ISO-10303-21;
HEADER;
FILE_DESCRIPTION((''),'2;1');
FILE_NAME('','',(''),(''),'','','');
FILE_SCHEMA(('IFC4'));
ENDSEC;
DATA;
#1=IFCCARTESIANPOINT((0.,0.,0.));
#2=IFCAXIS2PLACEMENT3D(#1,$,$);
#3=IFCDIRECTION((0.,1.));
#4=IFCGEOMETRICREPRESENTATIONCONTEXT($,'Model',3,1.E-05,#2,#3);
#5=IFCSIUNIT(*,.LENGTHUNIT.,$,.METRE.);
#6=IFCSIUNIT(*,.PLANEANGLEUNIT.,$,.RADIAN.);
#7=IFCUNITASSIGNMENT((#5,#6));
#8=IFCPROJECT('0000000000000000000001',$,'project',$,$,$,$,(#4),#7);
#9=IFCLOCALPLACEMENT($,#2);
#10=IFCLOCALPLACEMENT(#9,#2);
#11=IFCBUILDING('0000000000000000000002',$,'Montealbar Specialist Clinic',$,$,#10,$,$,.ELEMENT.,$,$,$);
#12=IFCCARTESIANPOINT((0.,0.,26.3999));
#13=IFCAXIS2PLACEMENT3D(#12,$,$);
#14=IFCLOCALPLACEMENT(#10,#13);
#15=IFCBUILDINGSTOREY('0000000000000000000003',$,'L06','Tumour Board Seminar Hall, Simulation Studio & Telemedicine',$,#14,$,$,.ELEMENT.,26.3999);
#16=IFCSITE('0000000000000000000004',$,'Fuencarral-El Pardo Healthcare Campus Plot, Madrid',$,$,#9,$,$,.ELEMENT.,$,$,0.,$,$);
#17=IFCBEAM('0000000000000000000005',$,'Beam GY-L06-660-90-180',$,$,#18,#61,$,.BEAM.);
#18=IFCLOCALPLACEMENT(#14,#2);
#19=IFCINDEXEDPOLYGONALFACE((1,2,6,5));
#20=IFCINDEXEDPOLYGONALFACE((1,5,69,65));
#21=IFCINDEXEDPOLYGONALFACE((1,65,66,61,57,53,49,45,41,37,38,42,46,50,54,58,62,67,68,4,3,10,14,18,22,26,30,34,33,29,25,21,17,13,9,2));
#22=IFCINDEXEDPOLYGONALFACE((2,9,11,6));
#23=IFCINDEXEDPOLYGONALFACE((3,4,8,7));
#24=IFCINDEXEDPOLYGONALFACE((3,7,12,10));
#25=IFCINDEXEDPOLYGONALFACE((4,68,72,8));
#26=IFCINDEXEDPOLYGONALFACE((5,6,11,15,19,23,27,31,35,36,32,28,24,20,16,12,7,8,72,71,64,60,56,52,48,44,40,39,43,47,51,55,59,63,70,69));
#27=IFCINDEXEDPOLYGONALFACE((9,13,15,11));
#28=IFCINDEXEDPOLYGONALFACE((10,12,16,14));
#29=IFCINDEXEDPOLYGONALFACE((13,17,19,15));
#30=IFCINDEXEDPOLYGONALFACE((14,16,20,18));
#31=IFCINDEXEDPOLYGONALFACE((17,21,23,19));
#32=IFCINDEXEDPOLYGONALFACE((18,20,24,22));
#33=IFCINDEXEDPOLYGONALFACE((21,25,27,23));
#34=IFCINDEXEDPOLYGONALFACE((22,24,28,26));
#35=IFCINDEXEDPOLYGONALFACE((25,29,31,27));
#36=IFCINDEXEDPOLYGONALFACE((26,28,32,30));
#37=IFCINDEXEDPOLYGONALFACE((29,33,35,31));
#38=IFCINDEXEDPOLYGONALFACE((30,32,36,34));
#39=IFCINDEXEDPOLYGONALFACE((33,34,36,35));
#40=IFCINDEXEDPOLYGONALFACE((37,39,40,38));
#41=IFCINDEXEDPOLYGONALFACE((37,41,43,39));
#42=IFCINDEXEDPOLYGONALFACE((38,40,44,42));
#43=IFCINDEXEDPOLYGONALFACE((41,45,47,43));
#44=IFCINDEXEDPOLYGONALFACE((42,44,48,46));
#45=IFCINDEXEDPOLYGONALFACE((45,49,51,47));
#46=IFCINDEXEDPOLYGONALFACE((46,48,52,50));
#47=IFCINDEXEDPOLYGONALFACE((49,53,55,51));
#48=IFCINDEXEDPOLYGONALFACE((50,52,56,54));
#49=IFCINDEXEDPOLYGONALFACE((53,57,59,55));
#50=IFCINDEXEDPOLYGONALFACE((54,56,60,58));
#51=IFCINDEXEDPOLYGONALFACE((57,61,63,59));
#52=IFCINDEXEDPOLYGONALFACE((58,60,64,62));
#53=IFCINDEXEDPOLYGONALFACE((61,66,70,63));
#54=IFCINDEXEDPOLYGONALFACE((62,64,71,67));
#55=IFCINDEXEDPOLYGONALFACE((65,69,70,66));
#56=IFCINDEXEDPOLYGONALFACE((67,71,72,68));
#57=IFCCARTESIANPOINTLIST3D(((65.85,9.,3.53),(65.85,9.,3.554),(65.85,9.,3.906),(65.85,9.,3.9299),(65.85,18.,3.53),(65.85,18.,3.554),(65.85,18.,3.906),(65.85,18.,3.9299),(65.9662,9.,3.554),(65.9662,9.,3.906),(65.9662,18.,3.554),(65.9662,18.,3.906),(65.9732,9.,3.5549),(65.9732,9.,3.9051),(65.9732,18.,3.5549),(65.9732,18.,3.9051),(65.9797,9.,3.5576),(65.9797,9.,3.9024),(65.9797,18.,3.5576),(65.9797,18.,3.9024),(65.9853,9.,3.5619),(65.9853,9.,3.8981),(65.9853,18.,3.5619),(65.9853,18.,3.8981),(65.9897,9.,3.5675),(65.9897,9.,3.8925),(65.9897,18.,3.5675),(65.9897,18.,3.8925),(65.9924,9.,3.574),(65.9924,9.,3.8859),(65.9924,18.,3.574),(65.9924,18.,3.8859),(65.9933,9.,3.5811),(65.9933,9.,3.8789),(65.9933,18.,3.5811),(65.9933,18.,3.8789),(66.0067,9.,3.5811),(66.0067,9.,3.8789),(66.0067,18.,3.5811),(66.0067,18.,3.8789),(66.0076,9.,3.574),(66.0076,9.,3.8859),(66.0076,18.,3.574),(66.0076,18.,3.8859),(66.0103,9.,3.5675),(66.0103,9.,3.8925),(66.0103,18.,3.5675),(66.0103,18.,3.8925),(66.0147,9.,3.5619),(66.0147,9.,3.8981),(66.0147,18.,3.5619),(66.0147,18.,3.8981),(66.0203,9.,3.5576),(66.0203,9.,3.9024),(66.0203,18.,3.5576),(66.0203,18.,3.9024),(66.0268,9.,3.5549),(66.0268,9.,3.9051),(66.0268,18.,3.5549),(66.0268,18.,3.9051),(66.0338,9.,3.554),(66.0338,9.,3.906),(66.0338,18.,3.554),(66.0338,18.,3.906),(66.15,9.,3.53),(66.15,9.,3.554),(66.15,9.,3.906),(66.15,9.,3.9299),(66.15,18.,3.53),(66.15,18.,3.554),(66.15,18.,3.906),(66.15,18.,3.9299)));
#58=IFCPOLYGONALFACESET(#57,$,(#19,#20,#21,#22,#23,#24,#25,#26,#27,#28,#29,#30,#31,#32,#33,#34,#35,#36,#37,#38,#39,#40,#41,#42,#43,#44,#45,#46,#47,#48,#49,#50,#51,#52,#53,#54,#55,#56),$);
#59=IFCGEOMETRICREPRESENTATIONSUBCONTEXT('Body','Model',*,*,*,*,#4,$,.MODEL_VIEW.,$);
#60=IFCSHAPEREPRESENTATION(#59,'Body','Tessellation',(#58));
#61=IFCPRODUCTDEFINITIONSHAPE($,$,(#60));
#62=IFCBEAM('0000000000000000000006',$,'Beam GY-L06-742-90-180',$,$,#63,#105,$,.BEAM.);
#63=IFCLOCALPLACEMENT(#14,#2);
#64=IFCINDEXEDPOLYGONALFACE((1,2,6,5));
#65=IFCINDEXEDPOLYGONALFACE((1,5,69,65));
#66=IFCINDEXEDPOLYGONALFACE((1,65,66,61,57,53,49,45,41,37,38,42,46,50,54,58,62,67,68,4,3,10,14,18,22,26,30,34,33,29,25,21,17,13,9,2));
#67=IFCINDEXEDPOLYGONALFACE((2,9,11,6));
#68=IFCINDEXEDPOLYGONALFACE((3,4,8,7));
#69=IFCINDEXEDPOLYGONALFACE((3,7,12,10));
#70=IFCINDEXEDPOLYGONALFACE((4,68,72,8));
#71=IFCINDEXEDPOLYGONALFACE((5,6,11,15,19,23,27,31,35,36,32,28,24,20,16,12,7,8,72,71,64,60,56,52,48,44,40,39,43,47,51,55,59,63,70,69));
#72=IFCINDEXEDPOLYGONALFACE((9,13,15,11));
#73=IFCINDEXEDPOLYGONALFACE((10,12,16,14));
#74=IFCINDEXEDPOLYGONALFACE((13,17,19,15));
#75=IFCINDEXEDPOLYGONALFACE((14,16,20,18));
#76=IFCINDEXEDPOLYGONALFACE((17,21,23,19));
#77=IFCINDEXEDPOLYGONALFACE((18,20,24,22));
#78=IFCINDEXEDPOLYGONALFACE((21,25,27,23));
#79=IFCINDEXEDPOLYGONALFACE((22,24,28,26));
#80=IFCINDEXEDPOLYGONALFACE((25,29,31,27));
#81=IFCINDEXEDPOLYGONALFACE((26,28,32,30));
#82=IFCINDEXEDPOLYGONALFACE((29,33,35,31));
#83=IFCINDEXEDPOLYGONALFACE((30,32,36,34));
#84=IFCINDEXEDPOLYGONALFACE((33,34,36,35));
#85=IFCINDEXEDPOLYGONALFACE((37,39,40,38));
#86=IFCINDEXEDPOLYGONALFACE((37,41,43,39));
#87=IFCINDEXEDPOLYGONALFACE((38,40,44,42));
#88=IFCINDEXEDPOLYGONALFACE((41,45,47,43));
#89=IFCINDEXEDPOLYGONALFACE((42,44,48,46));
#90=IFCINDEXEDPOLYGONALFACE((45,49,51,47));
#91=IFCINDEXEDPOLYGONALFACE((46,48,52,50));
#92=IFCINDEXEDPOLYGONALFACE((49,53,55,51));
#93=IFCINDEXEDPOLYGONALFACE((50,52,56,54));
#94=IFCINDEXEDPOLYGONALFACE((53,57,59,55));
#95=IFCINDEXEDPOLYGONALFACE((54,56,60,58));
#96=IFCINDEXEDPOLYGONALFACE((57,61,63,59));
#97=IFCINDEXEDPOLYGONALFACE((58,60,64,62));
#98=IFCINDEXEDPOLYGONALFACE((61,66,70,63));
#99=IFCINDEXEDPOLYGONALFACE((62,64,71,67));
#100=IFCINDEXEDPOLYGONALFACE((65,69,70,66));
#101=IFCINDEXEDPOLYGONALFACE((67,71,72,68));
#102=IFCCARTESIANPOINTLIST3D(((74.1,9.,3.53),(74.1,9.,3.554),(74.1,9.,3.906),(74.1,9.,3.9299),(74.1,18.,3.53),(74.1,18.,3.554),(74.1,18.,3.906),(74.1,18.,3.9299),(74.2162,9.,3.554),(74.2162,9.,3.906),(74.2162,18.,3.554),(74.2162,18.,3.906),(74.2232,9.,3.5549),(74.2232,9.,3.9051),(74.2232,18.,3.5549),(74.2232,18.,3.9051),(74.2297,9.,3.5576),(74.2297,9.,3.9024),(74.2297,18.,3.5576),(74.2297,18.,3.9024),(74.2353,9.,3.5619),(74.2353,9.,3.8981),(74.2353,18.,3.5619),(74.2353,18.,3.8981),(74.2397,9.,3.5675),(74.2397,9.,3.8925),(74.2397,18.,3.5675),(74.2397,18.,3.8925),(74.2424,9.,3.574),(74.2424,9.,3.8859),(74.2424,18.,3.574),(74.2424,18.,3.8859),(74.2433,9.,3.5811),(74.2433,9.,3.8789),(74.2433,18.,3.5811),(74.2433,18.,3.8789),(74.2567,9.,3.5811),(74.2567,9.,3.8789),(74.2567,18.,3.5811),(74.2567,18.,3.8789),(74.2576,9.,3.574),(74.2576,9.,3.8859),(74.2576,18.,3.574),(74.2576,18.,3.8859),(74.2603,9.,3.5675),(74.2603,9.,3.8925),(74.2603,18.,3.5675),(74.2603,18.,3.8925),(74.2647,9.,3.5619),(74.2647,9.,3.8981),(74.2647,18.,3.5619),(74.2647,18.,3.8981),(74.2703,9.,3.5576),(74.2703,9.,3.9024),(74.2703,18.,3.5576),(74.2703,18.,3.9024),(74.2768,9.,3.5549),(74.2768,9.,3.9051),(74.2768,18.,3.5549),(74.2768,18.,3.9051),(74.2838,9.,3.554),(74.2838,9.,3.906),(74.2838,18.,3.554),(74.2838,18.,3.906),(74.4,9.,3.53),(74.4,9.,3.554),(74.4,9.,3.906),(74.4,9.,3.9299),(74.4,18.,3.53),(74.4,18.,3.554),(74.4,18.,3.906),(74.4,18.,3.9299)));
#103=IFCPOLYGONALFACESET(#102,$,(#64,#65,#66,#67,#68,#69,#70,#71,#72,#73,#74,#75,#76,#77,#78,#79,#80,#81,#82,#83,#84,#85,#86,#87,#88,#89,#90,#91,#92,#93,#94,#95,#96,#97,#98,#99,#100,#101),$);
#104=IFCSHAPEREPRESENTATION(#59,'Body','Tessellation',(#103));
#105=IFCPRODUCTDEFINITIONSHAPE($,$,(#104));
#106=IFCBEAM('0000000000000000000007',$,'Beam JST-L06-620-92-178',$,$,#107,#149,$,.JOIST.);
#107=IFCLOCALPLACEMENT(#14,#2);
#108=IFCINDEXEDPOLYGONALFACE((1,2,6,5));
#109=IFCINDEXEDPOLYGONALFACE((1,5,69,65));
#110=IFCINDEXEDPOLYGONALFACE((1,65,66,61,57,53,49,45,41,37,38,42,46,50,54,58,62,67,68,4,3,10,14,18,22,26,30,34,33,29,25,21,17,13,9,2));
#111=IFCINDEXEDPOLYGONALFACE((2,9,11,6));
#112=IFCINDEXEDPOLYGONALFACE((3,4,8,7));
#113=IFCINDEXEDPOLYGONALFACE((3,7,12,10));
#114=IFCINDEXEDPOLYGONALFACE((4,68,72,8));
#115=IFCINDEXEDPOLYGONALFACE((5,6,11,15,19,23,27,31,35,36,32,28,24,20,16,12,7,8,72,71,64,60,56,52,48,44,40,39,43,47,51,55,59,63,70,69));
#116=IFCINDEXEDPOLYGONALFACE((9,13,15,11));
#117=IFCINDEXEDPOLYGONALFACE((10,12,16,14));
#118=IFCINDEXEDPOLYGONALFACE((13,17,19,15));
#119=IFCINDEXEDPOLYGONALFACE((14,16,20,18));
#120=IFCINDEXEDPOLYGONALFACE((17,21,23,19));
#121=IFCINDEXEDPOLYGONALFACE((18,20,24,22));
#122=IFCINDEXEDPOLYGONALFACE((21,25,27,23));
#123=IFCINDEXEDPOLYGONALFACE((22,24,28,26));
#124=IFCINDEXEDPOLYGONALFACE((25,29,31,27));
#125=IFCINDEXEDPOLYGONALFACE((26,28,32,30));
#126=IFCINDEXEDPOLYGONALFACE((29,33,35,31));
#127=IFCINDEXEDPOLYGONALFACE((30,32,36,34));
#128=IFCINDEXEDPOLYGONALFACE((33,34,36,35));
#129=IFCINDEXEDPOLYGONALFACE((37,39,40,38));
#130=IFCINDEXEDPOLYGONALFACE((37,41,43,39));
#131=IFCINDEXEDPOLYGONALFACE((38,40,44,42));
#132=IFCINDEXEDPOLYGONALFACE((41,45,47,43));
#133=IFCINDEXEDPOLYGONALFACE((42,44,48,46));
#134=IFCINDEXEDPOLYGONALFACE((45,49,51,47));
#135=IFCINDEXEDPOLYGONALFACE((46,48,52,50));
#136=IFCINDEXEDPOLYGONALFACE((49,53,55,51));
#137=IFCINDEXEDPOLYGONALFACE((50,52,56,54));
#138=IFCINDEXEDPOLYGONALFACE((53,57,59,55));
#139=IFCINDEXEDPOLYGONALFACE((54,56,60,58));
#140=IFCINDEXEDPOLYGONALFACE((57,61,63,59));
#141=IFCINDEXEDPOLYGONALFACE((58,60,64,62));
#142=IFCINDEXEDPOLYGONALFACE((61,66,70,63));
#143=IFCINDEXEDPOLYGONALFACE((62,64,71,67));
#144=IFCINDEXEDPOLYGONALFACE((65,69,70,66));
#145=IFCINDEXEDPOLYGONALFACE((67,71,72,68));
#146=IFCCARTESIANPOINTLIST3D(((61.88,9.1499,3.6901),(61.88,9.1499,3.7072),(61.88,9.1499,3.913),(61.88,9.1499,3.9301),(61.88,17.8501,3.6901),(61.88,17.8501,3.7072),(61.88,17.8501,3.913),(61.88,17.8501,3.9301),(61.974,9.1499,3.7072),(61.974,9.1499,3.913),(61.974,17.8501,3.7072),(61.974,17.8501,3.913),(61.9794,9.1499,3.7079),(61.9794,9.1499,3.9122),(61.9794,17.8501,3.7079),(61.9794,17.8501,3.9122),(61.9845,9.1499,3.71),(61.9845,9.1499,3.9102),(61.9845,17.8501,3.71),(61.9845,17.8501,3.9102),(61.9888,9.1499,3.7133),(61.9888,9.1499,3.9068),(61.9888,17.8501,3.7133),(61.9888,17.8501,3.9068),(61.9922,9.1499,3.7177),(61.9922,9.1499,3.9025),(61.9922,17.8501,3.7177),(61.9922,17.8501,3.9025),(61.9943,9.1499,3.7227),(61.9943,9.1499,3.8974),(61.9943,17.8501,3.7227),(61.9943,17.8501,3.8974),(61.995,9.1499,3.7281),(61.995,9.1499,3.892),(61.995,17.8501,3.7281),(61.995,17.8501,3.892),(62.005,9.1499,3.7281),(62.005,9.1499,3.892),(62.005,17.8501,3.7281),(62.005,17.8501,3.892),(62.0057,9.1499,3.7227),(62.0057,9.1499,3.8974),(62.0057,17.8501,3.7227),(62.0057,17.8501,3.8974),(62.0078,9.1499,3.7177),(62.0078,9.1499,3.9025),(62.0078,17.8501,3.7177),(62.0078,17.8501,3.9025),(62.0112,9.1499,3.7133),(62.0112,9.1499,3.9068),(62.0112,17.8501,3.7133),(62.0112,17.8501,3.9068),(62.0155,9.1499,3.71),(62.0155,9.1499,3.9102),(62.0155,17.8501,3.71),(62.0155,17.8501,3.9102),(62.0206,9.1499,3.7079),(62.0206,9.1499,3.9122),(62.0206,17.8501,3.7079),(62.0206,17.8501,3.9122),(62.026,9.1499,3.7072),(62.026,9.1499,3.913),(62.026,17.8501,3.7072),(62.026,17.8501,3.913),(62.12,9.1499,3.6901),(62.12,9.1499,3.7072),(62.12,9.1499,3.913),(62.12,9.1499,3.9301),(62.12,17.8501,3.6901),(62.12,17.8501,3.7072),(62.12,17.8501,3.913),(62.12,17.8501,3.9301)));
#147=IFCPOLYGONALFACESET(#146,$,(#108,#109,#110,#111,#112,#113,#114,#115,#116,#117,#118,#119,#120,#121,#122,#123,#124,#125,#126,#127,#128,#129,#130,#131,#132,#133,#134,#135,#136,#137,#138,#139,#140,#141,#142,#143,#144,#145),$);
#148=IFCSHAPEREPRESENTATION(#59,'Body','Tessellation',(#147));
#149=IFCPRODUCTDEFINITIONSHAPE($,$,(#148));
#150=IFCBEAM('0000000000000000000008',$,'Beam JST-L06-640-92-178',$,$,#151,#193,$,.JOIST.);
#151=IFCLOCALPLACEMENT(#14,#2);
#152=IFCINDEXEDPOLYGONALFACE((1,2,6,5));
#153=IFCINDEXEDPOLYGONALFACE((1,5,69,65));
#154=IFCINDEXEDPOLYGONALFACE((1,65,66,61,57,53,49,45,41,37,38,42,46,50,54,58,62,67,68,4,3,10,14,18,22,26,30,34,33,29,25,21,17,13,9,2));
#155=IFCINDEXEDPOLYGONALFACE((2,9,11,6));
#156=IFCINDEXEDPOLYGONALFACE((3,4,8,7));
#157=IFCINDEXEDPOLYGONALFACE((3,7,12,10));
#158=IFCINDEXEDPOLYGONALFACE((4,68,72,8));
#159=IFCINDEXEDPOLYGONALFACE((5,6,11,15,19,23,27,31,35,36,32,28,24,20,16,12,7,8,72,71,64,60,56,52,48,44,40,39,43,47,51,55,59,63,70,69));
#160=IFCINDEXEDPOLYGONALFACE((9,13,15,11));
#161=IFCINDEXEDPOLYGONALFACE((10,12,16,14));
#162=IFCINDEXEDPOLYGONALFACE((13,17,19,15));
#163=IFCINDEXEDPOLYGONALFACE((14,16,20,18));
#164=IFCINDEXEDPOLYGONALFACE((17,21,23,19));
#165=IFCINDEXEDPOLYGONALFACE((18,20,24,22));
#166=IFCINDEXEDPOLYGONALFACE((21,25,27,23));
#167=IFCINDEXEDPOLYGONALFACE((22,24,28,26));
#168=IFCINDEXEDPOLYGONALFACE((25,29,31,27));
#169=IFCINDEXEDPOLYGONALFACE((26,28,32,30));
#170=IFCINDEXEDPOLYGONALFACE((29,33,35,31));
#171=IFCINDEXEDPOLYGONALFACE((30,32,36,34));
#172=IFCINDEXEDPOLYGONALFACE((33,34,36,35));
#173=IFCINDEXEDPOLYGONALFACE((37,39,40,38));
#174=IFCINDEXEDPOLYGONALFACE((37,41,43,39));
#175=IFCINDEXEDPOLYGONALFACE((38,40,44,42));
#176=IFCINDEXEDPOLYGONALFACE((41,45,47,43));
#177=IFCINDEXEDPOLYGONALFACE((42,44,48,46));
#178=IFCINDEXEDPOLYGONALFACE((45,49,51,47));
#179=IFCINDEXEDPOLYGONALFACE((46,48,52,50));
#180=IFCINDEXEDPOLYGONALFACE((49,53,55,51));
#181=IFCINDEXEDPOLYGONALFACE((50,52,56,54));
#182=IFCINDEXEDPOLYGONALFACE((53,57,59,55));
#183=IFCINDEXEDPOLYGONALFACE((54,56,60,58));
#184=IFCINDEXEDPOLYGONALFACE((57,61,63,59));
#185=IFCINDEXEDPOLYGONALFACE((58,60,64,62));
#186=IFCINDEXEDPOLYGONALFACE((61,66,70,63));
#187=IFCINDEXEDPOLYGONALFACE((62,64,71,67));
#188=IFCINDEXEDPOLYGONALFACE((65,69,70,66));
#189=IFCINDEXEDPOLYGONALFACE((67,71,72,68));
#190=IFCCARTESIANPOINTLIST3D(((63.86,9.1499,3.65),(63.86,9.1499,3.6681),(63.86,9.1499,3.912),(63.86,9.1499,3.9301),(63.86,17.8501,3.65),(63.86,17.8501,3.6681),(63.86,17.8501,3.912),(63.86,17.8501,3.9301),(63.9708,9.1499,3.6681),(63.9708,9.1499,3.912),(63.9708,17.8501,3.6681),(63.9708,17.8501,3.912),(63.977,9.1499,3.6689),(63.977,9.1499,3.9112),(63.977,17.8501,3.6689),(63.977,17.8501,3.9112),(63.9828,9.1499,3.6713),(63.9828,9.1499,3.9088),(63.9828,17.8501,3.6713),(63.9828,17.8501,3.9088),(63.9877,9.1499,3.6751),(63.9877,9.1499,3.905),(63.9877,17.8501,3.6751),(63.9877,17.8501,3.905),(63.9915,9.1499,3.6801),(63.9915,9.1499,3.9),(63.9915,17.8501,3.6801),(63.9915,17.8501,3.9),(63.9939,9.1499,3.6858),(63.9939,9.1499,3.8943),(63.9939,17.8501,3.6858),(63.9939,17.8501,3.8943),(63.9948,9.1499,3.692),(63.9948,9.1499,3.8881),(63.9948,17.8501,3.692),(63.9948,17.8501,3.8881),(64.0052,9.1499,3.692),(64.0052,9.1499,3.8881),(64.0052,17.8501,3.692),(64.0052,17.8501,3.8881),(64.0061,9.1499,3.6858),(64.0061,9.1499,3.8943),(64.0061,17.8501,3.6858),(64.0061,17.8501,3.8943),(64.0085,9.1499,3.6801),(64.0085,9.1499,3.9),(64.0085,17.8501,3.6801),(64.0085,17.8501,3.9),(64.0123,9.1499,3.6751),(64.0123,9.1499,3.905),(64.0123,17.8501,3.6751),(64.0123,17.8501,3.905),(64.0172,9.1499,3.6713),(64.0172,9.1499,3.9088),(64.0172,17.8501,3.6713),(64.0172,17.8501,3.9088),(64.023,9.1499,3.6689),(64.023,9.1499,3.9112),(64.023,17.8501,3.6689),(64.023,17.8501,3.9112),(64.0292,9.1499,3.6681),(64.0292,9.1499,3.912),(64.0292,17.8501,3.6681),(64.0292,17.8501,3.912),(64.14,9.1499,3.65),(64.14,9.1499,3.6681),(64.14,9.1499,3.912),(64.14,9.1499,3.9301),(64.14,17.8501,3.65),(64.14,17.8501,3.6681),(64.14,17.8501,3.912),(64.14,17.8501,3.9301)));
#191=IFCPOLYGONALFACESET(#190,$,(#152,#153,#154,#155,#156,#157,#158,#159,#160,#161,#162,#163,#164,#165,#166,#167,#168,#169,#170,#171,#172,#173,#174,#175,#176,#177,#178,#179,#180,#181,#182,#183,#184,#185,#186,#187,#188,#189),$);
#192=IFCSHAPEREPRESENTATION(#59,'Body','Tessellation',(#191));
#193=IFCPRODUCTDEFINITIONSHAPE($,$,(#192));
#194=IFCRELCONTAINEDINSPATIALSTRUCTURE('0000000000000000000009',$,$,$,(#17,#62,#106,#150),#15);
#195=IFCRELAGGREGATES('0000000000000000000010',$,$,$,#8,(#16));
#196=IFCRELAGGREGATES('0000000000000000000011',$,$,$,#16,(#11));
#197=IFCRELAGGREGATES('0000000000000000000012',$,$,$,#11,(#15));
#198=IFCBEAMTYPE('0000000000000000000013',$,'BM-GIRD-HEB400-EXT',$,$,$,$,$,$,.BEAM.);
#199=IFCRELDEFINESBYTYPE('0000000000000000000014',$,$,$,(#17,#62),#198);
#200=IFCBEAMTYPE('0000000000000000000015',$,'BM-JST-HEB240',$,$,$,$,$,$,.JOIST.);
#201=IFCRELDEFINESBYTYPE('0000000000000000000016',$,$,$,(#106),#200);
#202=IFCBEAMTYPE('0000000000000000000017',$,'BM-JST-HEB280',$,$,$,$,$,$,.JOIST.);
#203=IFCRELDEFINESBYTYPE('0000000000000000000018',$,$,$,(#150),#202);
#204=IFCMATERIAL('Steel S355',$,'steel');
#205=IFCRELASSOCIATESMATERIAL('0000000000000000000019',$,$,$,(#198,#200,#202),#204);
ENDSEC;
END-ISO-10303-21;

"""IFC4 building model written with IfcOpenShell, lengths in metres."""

from ifc_helpers import new_model, si_unit, direction, frame, origin, origin_2d, place, context, subcontext, project, spatial, i_section, extrude, material, material_profile, profile_set, type_object, element, save


model = new_model("IFC4")

# Units and contexts
model_context = context("Model", 3, precision=1e-05, world=origin(), true_north=direction((0.0, 1.0)))
body_context = subcontext(model_context, "Body", "Model", "MODEL_VIEW")
ifc_project = project(units=[si_unit("LENGTHUNIT", "METRE"), si_unit("PLANEANGLEUNIT", "RADIAN")], contexts=[model_context])

# Site, building, storey
site_placement = place(None, origin())
site = spatial("IfcSite", under=ifc_project, at=site_placement, Name="Fuencarral-El Pardo Healthcare Campus Plot, Madrid", CompositionType="ELEMENT", RefElevation=0.0)
building_placement = place(site_placement, origin())
building = spatial("IfcBuilding", under=site, at=building_placement, Name="Montealbar Specialist Clinic", CompositionType="ELEMENT")
storey_placement = place(building_placement, frame((0.0, 0.0, 26.3999)))
storey = spatial("IfcBuildingStorey", under=building, at=storey_placement, Name="L06", Description="Tumour Board Seminar Hall, Simulation Studio & Telemedicine", CompositionType="ELEMENT", Elevation=26.3999)

# Shared definitions
ifc_material_1 = material(Name="Steel S355", Category="steel")

# Beams
ifc_material_profile_1 = material_profile(ifc_material_1, i_section(OverallWidth=0.3, OverallDepth=0.3999, WebThickness=0.0134, FlangeThickness=0.0239, FilletRadius=0.0271, at=origin_2d()), Name="HEB 400", Category="steel")
ifc_profile_set_1 = profile_set([ifc_material_profile_1], Name="Steel S355")
beam_type_1 = type_object("IfcBeamType", Name="BM-GIRD-HEB400-EXT", PredefinedType="BEAM", material=ifc_profile_set_1)
for number, where, z_axis, x_axis, name in (
    (1, (66.0, 9.0, 3.73), (0.0, 1.0, 0.0), (-1.0, 0.0, 0.0), "Beam GY-L06-660-90-180"),
    (2, (74.25, 9.0, 3.73), (0.0, 1.0, 0.0), (-1.0, 0.0, 0.0), "Beam GY-L06-742-90-180"),
):
    element("IfcBeam", number, at=place(storey_placement, frame(where, z_axis=z_axis, x_axis=x_axis)), inside=storey, type_object=beam_type_1, Name=name, PredefinedType="BEAM", context=body_context, shape_type="SweptSolid", body=[
        extrude(i_section(OverallWidth=0.3, OverallDepth=0.3999, WebThickness=0.0134, FlangeThickness=0.0239, FilletRadius=0.0271, at=origin_2d()), origin(), (0.0, 0.0, 1.0), 9.0),
    ])
ifc_material_profile_2 = material_profile(ifc_material_1, i_section(OverallWidth=0.24, OverallDepth=0.24, WebThickness=0.01, FlangeThickness=0.0171, FilletRadius=0.021, at=origin_2d()), Name="HEB 240", Category="steel")
ifc_profile_set_2 = profile_set([ifc_material_profile_2], Name="Steel S355")
beam_type_2 = type_object("IfcBeamType", Name="BM-JST-HEB240", PredefinedType="JOIST", material=ifc_profile_set_2)
beam_1_placement = place(storey_placement, frame((62.0, 9.1499, 3.8101), z_axis=(0.0, 1.0, 0.0), x_axis=(-1.0, 0.0, 0.0)))
element("IfcBeam", 3, at=beam_1_placement, inside=storey, type_object=beam_type_2, Name="Beam JST-L06-620-92-178", PredefinedType="JOIST", context=body_context, shape_type="SweptSolid", body=[
    extrude(i_section(OverallWidth=0.24, OverallDepth=0.24, WebThickness=0.01, FlangeThickness=0.0171, FilletRadius=0.021, at=origin_2d()), origin(), (0.0, 0.0, 1.0), 8.7002),
])
ifc_material_profile_3 = material_profile(ifc_material_1, i_section(OverallWidth=0.28, OverallDepth=0.28, WebThickness=0.0105, FlangeThickness=0.0181, FilletRadius=0.0239, at=origin_2d()), Name="HEB 280", Category="steel")
ifc_profile_set_3 = profile_set([ifc_material_profile_3], Name="Steel S355")
beam_type_3 = type_object("IfcBeamType", Name="BM-JST-HEB280", PredefinedType="JOIST", material=ifc_profile_set_3)
beam_2_placement = place(storey_placement, frame((64.0, 9.1499, 3.79), z_axis=(0.0, 1.0, 0.0), x_axis=(-1.0, 0.0, 0.0)))
element("IfcBeam", 4, at=beam_2_placement, inside=storey, type_object=beam_type_3, Name="Beam JST-L06-640-92-178", PredefinedType="JOIST", context=body_context, shape_type="SweptSolid", body=[
    extrude(i_section(OverallWidth=0.28, OverallDepth=0.28, WebThickness=0.0105, FlangeThickness=0.0181, FilletRadius=0.0239, at=origin_2d()), origin(), (0.0, 0.0, 1.0), 8.7002),
])

save(model, "model.ifc")
